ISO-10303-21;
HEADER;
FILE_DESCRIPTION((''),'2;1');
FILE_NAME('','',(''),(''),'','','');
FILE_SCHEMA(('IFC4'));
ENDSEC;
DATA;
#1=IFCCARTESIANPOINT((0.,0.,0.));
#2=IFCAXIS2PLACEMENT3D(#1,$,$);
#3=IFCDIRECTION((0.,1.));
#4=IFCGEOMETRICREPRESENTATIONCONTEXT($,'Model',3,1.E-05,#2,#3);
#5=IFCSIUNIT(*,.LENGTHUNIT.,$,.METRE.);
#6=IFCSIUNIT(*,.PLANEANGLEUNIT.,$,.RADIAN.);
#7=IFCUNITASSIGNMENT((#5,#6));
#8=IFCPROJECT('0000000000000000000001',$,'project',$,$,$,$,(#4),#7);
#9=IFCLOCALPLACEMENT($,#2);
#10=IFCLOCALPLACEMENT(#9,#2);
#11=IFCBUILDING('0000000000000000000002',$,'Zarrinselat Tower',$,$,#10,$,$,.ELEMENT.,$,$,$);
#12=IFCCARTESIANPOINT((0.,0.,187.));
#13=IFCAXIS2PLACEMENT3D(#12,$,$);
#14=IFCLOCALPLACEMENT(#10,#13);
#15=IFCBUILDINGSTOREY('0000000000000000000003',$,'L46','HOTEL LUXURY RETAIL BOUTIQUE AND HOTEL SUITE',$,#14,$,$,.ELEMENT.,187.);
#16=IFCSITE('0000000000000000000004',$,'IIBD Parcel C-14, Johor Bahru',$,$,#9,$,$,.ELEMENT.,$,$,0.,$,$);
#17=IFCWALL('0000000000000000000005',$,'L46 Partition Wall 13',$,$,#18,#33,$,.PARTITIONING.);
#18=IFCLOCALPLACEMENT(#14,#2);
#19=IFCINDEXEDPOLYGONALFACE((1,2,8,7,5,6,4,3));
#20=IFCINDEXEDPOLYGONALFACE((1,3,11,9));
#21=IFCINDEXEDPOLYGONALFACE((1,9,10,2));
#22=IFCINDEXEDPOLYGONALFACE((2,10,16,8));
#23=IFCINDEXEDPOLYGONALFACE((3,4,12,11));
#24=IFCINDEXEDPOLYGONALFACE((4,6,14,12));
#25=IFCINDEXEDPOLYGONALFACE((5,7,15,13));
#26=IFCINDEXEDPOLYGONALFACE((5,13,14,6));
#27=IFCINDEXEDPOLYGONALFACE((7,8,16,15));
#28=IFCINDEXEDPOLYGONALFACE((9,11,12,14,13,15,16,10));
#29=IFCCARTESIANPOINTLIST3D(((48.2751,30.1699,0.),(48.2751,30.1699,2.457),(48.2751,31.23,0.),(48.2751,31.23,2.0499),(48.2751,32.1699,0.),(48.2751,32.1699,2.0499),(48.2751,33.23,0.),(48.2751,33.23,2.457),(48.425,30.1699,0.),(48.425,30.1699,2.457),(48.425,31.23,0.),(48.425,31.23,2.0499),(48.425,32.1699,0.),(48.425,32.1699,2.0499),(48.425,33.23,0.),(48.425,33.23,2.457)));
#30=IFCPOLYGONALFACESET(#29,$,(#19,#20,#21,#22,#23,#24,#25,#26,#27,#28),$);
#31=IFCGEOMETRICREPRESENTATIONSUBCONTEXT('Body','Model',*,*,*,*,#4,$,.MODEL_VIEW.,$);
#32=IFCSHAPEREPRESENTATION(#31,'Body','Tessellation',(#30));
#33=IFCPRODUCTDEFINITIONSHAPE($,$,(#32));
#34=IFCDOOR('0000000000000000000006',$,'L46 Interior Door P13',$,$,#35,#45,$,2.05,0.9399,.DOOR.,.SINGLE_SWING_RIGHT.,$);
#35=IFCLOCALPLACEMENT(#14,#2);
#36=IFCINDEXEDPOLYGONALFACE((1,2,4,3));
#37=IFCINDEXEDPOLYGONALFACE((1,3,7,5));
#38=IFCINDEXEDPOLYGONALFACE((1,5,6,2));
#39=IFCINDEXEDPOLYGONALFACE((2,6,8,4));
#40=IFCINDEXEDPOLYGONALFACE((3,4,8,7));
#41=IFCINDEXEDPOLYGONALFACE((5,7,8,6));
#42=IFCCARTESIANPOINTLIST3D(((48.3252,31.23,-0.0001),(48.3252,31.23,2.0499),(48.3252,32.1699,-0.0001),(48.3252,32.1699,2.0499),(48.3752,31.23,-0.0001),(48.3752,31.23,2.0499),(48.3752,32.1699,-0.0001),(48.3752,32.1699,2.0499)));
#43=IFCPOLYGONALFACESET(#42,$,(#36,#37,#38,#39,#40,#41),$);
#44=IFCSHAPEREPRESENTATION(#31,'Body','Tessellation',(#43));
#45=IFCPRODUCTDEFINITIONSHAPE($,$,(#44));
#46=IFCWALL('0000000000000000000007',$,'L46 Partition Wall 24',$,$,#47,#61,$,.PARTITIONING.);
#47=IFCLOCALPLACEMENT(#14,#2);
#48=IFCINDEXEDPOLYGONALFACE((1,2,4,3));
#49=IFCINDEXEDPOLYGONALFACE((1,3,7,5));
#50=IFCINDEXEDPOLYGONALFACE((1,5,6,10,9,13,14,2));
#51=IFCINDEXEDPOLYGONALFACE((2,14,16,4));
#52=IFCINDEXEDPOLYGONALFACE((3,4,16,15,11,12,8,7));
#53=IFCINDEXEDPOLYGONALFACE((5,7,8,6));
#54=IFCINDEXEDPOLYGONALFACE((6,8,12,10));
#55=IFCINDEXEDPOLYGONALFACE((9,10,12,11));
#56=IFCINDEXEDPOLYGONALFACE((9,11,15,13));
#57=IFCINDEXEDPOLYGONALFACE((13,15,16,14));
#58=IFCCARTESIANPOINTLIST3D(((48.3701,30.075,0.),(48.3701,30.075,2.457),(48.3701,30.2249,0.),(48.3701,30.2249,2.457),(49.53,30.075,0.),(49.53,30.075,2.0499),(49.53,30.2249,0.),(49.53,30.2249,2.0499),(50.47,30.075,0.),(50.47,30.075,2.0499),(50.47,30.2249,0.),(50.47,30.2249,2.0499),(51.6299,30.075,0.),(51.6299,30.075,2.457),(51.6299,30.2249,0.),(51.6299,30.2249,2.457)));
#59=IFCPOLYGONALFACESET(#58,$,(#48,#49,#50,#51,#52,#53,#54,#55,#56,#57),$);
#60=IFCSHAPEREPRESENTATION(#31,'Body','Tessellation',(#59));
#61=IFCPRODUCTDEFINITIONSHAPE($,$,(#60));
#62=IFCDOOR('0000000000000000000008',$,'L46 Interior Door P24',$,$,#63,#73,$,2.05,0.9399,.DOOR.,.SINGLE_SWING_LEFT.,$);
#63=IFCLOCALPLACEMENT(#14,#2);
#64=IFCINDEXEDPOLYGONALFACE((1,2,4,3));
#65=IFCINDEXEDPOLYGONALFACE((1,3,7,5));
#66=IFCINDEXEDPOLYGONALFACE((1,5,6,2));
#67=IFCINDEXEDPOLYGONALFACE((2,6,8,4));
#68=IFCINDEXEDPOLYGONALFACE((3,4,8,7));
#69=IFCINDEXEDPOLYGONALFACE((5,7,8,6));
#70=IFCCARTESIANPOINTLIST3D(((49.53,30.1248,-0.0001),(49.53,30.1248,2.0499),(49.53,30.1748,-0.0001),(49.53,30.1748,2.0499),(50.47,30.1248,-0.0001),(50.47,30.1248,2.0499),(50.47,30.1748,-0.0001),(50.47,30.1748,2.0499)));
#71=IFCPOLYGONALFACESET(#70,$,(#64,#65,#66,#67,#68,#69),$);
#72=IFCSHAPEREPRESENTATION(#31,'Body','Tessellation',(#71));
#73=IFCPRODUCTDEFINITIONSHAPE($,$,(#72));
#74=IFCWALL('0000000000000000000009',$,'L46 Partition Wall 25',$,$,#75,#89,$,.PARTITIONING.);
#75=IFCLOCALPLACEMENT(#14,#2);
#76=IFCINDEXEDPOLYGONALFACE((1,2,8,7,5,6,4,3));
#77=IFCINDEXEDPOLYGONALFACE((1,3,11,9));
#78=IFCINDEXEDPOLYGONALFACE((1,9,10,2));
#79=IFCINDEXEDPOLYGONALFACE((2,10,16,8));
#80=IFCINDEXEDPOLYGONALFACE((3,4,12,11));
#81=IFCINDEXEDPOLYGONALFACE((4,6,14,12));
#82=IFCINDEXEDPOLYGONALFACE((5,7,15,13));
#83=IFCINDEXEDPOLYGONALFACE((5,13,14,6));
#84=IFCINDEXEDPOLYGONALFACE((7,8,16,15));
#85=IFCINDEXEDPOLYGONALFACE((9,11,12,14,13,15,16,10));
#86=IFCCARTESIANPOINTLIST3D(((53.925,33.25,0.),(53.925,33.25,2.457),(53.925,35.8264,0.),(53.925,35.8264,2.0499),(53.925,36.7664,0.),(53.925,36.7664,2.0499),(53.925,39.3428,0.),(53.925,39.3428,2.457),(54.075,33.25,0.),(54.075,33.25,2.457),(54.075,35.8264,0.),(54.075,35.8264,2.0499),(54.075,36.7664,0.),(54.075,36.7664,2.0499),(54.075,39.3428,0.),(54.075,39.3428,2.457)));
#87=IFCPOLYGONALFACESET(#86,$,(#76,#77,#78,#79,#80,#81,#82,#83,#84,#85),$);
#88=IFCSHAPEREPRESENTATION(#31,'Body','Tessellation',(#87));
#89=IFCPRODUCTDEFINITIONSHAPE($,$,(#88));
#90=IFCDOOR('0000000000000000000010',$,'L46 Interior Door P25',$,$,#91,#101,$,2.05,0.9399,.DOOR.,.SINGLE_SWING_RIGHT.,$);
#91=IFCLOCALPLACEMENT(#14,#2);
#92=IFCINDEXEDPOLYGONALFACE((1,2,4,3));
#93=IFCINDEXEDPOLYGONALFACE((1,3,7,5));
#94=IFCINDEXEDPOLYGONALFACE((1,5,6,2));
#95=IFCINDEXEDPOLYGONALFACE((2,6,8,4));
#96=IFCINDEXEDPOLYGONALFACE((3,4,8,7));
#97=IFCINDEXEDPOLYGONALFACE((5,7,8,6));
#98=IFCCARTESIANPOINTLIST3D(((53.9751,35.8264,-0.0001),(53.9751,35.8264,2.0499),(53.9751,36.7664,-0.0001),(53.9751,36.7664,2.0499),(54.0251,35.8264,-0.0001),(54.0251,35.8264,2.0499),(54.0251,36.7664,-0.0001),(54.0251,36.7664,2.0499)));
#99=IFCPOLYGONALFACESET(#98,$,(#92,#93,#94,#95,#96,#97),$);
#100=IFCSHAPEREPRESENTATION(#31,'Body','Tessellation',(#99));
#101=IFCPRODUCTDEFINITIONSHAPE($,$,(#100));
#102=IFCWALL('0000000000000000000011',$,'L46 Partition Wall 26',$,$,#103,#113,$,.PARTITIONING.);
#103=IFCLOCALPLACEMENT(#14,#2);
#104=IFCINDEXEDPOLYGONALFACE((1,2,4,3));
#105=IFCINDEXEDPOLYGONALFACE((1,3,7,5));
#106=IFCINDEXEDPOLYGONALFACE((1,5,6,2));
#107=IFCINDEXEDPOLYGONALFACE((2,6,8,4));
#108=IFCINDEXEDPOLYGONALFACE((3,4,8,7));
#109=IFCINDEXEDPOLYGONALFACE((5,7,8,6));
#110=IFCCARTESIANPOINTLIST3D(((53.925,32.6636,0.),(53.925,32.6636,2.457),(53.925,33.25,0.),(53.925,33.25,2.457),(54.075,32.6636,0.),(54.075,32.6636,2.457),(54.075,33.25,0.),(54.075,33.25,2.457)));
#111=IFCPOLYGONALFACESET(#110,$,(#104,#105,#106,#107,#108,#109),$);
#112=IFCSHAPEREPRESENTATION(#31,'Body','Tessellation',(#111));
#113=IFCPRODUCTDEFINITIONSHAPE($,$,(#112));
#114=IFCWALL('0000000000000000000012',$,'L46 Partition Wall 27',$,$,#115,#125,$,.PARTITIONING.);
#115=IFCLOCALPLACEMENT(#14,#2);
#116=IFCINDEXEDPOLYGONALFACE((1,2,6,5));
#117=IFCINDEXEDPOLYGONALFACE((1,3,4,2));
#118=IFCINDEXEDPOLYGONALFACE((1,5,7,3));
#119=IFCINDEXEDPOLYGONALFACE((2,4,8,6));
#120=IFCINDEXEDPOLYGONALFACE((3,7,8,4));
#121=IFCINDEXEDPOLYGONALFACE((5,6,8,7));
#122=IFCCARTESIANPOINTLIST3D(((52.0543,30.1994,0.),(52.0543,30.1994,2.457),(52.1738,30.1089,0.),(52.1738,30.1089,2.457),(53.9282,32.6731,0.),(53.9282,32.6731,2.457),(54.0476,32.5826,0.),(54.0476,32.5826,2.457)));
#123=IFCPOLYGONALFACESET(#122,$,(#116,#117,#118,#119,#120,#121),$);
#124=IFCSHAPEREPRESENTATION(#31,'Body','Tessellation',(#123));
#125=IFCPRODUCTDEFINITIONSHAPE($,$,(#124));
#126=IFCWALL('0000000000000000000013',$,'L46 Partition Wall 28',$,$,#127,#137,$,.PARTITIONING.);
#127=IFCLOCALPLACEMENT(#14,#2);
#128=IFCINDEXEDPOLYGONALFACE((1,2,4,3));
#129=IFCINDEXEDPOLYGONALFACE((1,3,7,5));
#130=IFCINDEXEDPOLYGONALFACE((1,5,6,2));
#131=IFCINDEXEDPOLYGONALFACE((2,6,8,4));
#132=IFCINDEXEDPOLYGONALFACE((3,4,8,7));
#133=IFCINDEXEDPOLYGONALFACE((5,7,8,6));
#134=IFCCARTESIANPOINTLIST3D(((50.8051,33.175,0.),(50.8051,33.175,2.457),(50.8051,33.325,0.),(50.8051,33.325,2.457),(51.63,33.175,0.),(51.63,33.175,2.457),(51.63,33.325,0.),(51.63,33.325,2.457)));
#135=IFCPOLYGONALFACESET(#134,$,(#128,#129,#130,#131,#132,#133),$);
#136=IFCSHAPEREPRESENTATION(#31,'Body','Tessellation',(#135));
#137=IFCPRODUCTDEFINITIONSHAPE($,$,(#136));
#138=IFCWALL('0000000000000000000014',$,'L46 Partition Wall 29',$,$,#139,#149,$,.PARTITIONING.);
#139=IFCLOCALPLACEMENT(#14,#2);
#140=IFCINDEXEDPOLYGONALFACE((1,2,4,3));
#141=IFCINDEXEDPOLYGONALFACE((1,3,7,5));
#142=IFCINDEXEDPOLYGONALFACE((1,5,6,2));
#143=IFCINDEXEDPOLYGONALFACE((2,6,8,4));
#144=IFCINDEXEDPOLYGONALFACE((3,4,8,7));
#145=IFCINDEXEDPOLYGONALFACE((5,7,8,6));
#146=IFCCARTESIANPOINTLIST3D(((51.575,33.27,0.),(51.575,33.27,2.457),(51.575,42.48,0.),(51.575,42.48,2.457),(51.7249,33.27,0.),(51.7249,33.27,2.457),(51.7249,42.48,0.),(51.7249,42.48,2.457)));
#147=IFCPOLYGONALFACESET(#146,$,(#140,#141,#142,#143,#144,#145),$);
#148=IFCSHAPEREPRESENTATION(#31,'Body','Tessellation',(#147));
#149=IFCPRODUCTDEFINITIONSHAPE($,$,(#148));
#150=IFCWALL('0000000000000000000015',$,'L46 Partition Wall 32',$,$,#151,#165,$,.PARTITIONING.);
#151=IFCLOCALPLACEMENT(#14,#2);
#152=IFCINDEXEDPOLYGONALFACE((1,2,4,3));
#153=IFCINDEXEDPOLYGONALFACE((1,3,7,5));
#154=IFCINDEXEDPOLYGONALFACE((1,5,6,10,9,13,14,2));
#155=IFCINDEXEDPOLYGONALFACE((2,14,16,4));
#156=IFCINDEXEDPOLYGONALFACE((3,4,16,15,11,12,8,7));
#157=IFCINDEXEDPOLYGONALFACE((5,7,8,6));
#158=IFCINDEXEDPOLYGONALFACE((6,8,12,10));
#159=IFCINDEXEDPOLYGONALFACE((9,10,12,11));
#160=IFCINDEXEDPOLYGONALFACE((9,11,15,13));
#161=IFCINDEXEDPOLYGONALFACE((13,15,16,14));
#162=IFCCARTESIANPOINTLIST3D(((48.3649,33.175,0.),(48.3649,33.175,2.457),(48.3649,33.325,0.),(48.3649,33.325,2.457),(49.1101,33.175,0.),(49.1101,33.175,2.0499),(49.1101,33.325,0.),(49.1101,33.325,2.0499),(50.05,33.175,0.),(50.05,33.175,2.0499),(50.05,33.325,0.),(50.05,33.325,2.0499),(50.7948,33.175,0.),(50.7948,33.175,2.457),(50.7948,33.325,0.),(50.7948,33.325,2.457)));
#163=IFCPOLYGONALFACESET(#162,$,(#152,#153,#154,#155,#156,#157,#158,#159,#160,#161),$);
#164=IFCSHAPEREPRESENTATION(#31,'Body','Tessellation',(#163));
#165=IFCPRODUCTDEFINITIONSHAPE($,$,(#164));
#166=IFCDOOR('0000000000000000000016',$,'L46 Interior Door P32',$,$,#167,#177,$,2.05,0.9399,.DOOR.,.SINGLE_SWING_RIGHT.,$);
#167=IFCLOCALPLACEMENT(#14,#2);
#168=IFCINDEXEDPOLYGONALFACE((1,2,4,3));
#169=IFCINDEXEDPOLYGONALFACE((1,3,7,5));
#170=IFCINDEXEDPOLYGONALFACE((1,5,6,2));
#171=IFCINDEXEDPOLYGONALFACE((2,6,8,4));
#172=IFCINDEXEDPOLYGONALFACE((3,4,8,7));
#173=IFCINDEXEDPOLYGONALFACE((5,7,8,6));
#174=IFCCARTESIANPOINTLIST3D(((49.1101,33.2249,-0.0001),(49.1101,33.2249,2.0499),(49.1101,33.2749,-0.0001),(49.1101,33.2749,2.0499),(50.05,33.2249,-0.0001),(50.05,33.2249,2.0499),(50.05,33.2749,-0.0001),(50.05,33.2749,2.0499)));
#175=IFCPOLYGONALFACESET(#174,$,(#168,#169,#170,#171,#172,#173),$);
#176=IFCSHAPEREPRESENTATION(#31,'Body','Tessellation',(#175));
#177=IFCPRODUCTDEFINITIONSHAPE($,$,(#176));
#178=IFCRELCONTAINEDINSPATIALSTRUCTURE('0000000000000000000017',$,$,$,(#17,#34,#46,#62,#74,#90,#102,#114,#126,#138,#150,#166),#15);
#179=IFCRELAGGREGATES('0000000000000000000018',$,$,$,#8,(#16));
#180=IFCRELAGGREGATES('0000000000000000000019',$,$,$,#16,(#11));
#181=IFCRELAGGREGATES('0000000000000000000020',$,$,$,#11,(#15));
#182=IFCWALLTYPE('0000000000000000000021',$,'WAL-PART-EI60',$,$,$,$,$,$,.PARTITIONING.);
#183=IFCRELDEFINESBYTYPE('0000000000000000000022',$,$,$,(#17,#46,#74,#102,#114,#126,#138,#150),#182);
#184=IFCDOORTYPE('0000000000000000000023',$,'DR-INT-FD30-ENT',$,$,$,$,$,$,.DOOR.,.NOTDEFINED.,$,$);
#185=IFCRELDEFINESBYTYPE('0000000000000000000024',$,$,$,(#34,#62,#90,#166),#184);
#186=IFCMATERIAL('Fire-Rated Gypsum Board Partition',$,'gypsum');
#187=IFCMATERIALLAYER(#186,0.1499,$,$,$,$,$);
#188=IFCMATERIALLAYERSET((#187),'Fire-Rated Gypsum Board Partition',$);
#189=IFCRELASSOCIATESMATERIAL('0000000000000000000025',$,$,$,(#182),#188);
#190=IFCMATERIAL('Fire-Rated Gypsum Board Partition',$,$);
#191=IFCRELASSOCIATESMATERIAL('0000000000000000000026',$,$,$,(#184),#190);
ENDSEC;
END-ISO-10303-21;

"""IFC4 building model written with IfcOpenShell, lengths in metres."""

from ifc_helpers import new_model, si_unit, direction, frame, frame_2d, origin, place, context, subcontext, project, spatial, rectangle, extrude, material, layer, layer_set, type_object, element, fill, save


model = new_model("IFC4")

# Units and contexts
model_context = context("Model", 3, precision=1e-05, world=origin(), true_north=direction((0.0, 1.0)))
body_context = subcontext(model_context, "Body", "Model", "MODEL_VIEW")
ifc_project = project(units=[si_unit("LENGTHUNIT", "METRE"), si_unit("PLANEANGLEUNIT", "RADIAN")], contexts=[model_context])

# Site, building, storey
site_placement = place(None, origin())
site = spatial("IfcSite", under=ifc_project, at=site_placement, Name="IIBD Parcel C-14, Johor Bahru", CompositionType="ELEMENT", RefElevation=0.0)
building_placement = place(site_placement, origin())
building = spatial("IfcBuilding", under=site, at=building_placement, Name="Zarrinselat Tower", CompositionType="ELEMENT")
storey_placement = place(building_placement, frame((0.0, 0.0, 187.0)))
storey = spatial("IfcBuildingStorey", under=building, at=storey_placement, Name="L46", Description="HOTEL LUXURY RETAIL BOUTIQUE AND HOTEL SUITE", CompositionType="ELEMENT", Elevation=187.0)

# Walls, openings, doors
ifc_material_1 = material(Name="Fire-Rated Gypsum Board Partition", Category="gypsum")
ifc_layer_1 = layer(ifc_material_1, 0.1499)
ifc_layer_set_1 = layer_set([ifc_layer_1], Name="Fire-Rated Gypsum Board Partition")
wall_type_1 = type_object("IfcWallType", Name="WAL-PART-EI60", PredefinedType="PARTITIONING", material=ifc_layer_set_1)
wall_1_placement = place(storey_placement, frame((48.3501, 30.1699, 0.0), z_axis=(0.0, 0.0, 1.0), x_axis=(0.0, 1.0, 0.0)))
wall_1 = element("IfcWall", 1, at=wall_1_placement, inside=storey, type_object=wall_type_1, Name="L46 Partition Wall 13", PredefinedType="PARTITIONING", context=body_context, shape_type="SweptSolid", body=[
    extrude(rectangle(XDim=3.0601, YDim=0.1499, at=frame_2d((1.53, 0.0))), origin(), (0.0, 0.0, 1.0), 2.457),
])
opening_1_placement = place(wall_1_placement, frame((1.0601, 0.0, 0.0)))
opening_1 = element("IfcOpeningElement", 2, at=opening_1_placement, cuts=wall_1, PredefinedType="OPENING", context=body_context, shape_type="SweptSolid", body=[
    extrude(rectangle(XDim=0.9399, YDim=2.05, at=frame_2d((0.47, 1.0249))), frame((0.0, 0.085, 0.0), z_axis=(0.0, -1.0, 0.0), x_axis=(1.0, 0.0, 0.0)), (0.0, 0.0, 1.0), 0.1699),
])
ifc_material_2 = material(Name="Fire-Rated Gypsum Board Partition")
door_type = type_object("IfcDoorType", Name="DR-INT-FD30-ENT", OperationType="NOTDEFINED", PredefinedType="DOOR", material=ifc_material_2)
door_1_placement = place(opening_1_placement, origin())
door_1 = element("IfcDoor", 3, at=door_1_placement, inside=storey, type_object=door_type, Name="L46 Interior Door P13", OperationType="SINGLE_SWING_RIGHT", OverallHeight=2.05, OverallWidth=0.9399, PredefinedType="DOOR", context=body_context, shape_type="SweptSolid", body=[
    extrude(rectangle(XDim=0.9399, YDim=2.05, at=frame_2d((0.47, 1.0249))), frame((0.0, 0.0249, 0.0), z_axis=(0.0, -1.0, 0.0), x_axis=(1.0, 0.0, 0.0)), (0.0, 0.0, 1.0), 0.05),
])
fill(opening_1, door_1)
wall_2_placement = place(storey_placement, frame((48.3701, 30.1499, 0.0), z_axis=(0.0, 0.0, 1.0), x_axis=(1.0, 0.0, 0.0)))
wall_2 = element("IfcWall", 4, at=wall_2_placement, inside=storey, type_object=wall_type_1, Name="L46 Partition Wall 24", PredefinedType="PARTITIONING", context=body_context, shape_type="SweptSolid", body=[
    extrude(rectangle(XDim=3.2598, YDim=0.1499, at=frame_2d((1.6299, 0.0))), origin(), (0.0, 0.0, 1.0), 2.457),
])
opening_2_placement = place(wall_2_placement, frame((1.1599, 0.0, 0.0)))
opening_2 = element("IfcOpeningElement", 5, at=opening_2_placement, cuts=wall_2, PredefinedType="OPENING", context=body_context, shape_type="SweptSolid", body=[
    extrude(rectangle(XDim=0.9399, YDim=2.05, at=frame_2d((0.47, 1.0249))), frame((0.0, 0.085, 0.0), z_axis=(0.0, -1.0, 0.0), x_axis=(1.0, 0.0, 0.0)), (0.0, 0.0, 1.0), 0.1699),
])
door_2_placement = place(opening_2_placement, origin())
door_2 = element("IfcDoor", 6, at=door_2_placement, inside=storey, type_object=door_type, Name="L46 Interior Door P24", OperationType="SINGLE_SWING_LEFT", OverallHeight=2.05, OverallWidth=0.9399, PredefinedType="DOOR", context=body_context, shape_type="SweptSolid", body=[
    extrude(rectangle(XDim=0.9399, YDim=2.05, at=frame_2d((0.47, 1.0249))), frame((0.0, 0.0249, 0.0), z_axis=(0.0, -1.0, 0.0), x_axis=(1.0, 0.0, 0.0)), (0.0, 0.0, 1.0), 0.05),
])
fill(opening_2, door_2)
wall_3_placement = place(storey_placement, frame((54.0, 33.25, 0.0), z_axis=(0.0, 0.0, 1.0), x_axis=(0.0, 1.0, 0.0)))
wall_3 = element("IfcWall", 7, at=wall_3_placement, inside=storey, type_object=wall_type_1, Name="L46 Partition Wall 25", PredefinedType="PARTITIONING", context=body_context, shape_type="SweptSolid", body=[
    extrude(rectangle(XDim=6.0928, YDim=0.1499, at=frame_2d((3.0464, 0.0))), origin(), (0.0, 0.0, 1.0), 2.457),
])
opening_3_placement = place(wall_3_placement, frame((2.5764, 0.0, 0.0)))
opening_3 = element("IfcOpeningElement", 8, at=opening_3_placement, cuts=wall_3, PredefinedType="OPENING", context=body_context, shape_type="SweptSolid", body=[
    extrude(rectangle(XDim=0.9399, YDim=2.05, at=frame_2d((0.47, 1.0249))), frame((0.0, 0.085, 0.0), z_axis=(0.0, -1.0, 0.0), x_axis=(1.0, 0.0, 0.0)), (0.0, 0.0, 1.0), 0.1699),
])
door_3_placement = place(opening_3_placement, origin())
door_3 = element("IfcDoor", 9, at=door_3_placement, inside=storey, type_object=door_type, Name="L46 Interior Door P25", OperationType="SINGLE_SWING_RIGHT", OverallHeight=2.05, OverallWidth=0.9399, PredefinedType="DOOR", context=body_context, shape_type="SweptSolid", body=[
    extrude(rectangle(XDim=0.9399, YDim=2.05, at=frame_2d((0.47, 1.0249))), frame((0.0, 0.0249, 0.0), z_axis=(0.0, -1.0, 0.0), x_axis=(1.0, 0.0, 0.0)), (0.0, 0.0, 1.0), 0.05),
])
fill(opening_3, door_3)

# Walls
wall_4_placement = place(storey_placement, frame((54.0, 32.6636, 0.0), z_axis=(0.0, 0.0, 1.0), x_axis=(0.0, 1.0, 0.0)))
element("IfcWall", 10, at=wall_4_placement, inside=storey, type_object=wall_type_1, Name="L46 Partition Wall 26", PredefinedType="PARTITIONING", context=body_context, shape_type="SweptSolid", body=[
    extrude(rectangle(XDim=0.5864, YDim=0.1499, at=frame_2d((0.2932, 0.0))), origin(), (0.0, 0.0, 1.0), 2.457),
])
wall_5_placement = place(storey_placement, frame((52.114, 30.1541, 0.0), z_axis=(0.0, 0.0, 1.0), x_axis=(0.60382, 0.797121, 0.0)))
element("IfcWall", 11, at=wall_5_placement, inside=storey, type_object=wall_type_1, Name="L46 Partition Wall 27", PredefinedType="PARTITIONING", context=body_context, shape_type="SweptSolid", body=[
    extrude(rectangle(XDim=3.1033, YDim=0.1499, at=frame_2d((1.5518, 0.0))), origin(), (0.0, 0.0, 1.0), 2.457),
])
wall_6_placement = place(storey_placement, frame((50.8049, 33.25, 0.0), z_axis=(0.0, 0.0, 1.0), x_axis=(1.0, 0.0, 0.0)))
element("IfcWall", 12, at=wall_6_placement, inside=storey, type_object=wall_type_1, Name="L46 Partition Wall 28", PredefinedType="PARTITIONING", context=body_context, shape_type="SweptSolid", body=[
    extrude(rectangle(XDim=0.825, YDim=0.1499, at=frame_2d((0.4126, 0.0))), origin(), (0.0, 0.0, 1.0), 2.457),
])
wall_7_placement = place(storey_placement, frame((51.6499, 33.27, 0.0), z_axis=(0.0, 0.0, 1.0), x_axis=(0.0, 1.0, 0.0)))
element("IfcWall", 13, at=wall_7_placement, inside=storey, type_object=wall_type_1, Name="L46 Partition Wall 29", PredefinedType="PARTITIONING", context=body_context, shape_type="SweptSolid", body=[
    extrude(rectangle(XDim=9.21, YDim=0.1499, at=frame_2d((4.605, 0.0))), origin(), (0.0, 0.0, 1.0), 2.457),
])

# Wall, opening, door
wall_8_placement = place(storey_placement, frame((48.365, 33.25, 0.0), z_axis=(0.0, 0.0, 1.0), x_axis=(1.0, 0.0, 0.0)))
wall_8 = element("IfcWall", 14, at=wall_8_placement, inside=storey, type_object=wall_type_1, Name="L46 Partition Wall 32", PredefinedType="PARTITIONING", context=body_context, shape_type="SweptSolid", body=[
    extrude(rectangle(XDim=2.4299, YDim=0.1499, at=frame_2d((1.2148, 0.0))), origin(), (0.0, 0.0, 1.0), 2.457),
])
opening_4_placement = place(wall_8_placement, frame((0.7451, 0.0, 0.0)))
opening_4 = element("IfcOpeningElement", 15, at=opening_4_placement, cuts=wall_8, PredefinedType="OPENING", context=body_context, shape_type="SweptSolid", body=[
    extrude(rectangle(XDim=0.9399, YDim=2.05, at=frame_2d((0.47, 1.0249))), frame((0.0, 0.085, 0.0), z_axis=(0.0, -1.0, 0.0), x_axis=(1.0, 0.0, 0.0)), (0.0, 0.0, 1.0), 0.1699),
])
door_4_placement = place(opening_4_placement, origin())
door_4 = element("IfcDoor", 16, at=door_4_placement, inside=storey, type_object=door_type, Name="L46 Interior Door P32", OperationType="SINGLE_SWING_RIGHT", OverallHeight=2.05, OverallWidth=0.9399, PredefinedType="DOOR", context=body_context, shape_type="SweptSolid", body=[
    extrude(rectangle(XDim=0.9399, YDim=2.05, at=frame_2d((0.47, 1.0249))), frame((0.0, 0.0249, 0.0), z_axis=(0.0, -1.0, 0.0), x_axis=(1.0, 0.0, 0.0)), (0.0, 0.0, 1.0), 0.05),
])
fill(opening_4, door_4)

save(model, "model.ifc")
